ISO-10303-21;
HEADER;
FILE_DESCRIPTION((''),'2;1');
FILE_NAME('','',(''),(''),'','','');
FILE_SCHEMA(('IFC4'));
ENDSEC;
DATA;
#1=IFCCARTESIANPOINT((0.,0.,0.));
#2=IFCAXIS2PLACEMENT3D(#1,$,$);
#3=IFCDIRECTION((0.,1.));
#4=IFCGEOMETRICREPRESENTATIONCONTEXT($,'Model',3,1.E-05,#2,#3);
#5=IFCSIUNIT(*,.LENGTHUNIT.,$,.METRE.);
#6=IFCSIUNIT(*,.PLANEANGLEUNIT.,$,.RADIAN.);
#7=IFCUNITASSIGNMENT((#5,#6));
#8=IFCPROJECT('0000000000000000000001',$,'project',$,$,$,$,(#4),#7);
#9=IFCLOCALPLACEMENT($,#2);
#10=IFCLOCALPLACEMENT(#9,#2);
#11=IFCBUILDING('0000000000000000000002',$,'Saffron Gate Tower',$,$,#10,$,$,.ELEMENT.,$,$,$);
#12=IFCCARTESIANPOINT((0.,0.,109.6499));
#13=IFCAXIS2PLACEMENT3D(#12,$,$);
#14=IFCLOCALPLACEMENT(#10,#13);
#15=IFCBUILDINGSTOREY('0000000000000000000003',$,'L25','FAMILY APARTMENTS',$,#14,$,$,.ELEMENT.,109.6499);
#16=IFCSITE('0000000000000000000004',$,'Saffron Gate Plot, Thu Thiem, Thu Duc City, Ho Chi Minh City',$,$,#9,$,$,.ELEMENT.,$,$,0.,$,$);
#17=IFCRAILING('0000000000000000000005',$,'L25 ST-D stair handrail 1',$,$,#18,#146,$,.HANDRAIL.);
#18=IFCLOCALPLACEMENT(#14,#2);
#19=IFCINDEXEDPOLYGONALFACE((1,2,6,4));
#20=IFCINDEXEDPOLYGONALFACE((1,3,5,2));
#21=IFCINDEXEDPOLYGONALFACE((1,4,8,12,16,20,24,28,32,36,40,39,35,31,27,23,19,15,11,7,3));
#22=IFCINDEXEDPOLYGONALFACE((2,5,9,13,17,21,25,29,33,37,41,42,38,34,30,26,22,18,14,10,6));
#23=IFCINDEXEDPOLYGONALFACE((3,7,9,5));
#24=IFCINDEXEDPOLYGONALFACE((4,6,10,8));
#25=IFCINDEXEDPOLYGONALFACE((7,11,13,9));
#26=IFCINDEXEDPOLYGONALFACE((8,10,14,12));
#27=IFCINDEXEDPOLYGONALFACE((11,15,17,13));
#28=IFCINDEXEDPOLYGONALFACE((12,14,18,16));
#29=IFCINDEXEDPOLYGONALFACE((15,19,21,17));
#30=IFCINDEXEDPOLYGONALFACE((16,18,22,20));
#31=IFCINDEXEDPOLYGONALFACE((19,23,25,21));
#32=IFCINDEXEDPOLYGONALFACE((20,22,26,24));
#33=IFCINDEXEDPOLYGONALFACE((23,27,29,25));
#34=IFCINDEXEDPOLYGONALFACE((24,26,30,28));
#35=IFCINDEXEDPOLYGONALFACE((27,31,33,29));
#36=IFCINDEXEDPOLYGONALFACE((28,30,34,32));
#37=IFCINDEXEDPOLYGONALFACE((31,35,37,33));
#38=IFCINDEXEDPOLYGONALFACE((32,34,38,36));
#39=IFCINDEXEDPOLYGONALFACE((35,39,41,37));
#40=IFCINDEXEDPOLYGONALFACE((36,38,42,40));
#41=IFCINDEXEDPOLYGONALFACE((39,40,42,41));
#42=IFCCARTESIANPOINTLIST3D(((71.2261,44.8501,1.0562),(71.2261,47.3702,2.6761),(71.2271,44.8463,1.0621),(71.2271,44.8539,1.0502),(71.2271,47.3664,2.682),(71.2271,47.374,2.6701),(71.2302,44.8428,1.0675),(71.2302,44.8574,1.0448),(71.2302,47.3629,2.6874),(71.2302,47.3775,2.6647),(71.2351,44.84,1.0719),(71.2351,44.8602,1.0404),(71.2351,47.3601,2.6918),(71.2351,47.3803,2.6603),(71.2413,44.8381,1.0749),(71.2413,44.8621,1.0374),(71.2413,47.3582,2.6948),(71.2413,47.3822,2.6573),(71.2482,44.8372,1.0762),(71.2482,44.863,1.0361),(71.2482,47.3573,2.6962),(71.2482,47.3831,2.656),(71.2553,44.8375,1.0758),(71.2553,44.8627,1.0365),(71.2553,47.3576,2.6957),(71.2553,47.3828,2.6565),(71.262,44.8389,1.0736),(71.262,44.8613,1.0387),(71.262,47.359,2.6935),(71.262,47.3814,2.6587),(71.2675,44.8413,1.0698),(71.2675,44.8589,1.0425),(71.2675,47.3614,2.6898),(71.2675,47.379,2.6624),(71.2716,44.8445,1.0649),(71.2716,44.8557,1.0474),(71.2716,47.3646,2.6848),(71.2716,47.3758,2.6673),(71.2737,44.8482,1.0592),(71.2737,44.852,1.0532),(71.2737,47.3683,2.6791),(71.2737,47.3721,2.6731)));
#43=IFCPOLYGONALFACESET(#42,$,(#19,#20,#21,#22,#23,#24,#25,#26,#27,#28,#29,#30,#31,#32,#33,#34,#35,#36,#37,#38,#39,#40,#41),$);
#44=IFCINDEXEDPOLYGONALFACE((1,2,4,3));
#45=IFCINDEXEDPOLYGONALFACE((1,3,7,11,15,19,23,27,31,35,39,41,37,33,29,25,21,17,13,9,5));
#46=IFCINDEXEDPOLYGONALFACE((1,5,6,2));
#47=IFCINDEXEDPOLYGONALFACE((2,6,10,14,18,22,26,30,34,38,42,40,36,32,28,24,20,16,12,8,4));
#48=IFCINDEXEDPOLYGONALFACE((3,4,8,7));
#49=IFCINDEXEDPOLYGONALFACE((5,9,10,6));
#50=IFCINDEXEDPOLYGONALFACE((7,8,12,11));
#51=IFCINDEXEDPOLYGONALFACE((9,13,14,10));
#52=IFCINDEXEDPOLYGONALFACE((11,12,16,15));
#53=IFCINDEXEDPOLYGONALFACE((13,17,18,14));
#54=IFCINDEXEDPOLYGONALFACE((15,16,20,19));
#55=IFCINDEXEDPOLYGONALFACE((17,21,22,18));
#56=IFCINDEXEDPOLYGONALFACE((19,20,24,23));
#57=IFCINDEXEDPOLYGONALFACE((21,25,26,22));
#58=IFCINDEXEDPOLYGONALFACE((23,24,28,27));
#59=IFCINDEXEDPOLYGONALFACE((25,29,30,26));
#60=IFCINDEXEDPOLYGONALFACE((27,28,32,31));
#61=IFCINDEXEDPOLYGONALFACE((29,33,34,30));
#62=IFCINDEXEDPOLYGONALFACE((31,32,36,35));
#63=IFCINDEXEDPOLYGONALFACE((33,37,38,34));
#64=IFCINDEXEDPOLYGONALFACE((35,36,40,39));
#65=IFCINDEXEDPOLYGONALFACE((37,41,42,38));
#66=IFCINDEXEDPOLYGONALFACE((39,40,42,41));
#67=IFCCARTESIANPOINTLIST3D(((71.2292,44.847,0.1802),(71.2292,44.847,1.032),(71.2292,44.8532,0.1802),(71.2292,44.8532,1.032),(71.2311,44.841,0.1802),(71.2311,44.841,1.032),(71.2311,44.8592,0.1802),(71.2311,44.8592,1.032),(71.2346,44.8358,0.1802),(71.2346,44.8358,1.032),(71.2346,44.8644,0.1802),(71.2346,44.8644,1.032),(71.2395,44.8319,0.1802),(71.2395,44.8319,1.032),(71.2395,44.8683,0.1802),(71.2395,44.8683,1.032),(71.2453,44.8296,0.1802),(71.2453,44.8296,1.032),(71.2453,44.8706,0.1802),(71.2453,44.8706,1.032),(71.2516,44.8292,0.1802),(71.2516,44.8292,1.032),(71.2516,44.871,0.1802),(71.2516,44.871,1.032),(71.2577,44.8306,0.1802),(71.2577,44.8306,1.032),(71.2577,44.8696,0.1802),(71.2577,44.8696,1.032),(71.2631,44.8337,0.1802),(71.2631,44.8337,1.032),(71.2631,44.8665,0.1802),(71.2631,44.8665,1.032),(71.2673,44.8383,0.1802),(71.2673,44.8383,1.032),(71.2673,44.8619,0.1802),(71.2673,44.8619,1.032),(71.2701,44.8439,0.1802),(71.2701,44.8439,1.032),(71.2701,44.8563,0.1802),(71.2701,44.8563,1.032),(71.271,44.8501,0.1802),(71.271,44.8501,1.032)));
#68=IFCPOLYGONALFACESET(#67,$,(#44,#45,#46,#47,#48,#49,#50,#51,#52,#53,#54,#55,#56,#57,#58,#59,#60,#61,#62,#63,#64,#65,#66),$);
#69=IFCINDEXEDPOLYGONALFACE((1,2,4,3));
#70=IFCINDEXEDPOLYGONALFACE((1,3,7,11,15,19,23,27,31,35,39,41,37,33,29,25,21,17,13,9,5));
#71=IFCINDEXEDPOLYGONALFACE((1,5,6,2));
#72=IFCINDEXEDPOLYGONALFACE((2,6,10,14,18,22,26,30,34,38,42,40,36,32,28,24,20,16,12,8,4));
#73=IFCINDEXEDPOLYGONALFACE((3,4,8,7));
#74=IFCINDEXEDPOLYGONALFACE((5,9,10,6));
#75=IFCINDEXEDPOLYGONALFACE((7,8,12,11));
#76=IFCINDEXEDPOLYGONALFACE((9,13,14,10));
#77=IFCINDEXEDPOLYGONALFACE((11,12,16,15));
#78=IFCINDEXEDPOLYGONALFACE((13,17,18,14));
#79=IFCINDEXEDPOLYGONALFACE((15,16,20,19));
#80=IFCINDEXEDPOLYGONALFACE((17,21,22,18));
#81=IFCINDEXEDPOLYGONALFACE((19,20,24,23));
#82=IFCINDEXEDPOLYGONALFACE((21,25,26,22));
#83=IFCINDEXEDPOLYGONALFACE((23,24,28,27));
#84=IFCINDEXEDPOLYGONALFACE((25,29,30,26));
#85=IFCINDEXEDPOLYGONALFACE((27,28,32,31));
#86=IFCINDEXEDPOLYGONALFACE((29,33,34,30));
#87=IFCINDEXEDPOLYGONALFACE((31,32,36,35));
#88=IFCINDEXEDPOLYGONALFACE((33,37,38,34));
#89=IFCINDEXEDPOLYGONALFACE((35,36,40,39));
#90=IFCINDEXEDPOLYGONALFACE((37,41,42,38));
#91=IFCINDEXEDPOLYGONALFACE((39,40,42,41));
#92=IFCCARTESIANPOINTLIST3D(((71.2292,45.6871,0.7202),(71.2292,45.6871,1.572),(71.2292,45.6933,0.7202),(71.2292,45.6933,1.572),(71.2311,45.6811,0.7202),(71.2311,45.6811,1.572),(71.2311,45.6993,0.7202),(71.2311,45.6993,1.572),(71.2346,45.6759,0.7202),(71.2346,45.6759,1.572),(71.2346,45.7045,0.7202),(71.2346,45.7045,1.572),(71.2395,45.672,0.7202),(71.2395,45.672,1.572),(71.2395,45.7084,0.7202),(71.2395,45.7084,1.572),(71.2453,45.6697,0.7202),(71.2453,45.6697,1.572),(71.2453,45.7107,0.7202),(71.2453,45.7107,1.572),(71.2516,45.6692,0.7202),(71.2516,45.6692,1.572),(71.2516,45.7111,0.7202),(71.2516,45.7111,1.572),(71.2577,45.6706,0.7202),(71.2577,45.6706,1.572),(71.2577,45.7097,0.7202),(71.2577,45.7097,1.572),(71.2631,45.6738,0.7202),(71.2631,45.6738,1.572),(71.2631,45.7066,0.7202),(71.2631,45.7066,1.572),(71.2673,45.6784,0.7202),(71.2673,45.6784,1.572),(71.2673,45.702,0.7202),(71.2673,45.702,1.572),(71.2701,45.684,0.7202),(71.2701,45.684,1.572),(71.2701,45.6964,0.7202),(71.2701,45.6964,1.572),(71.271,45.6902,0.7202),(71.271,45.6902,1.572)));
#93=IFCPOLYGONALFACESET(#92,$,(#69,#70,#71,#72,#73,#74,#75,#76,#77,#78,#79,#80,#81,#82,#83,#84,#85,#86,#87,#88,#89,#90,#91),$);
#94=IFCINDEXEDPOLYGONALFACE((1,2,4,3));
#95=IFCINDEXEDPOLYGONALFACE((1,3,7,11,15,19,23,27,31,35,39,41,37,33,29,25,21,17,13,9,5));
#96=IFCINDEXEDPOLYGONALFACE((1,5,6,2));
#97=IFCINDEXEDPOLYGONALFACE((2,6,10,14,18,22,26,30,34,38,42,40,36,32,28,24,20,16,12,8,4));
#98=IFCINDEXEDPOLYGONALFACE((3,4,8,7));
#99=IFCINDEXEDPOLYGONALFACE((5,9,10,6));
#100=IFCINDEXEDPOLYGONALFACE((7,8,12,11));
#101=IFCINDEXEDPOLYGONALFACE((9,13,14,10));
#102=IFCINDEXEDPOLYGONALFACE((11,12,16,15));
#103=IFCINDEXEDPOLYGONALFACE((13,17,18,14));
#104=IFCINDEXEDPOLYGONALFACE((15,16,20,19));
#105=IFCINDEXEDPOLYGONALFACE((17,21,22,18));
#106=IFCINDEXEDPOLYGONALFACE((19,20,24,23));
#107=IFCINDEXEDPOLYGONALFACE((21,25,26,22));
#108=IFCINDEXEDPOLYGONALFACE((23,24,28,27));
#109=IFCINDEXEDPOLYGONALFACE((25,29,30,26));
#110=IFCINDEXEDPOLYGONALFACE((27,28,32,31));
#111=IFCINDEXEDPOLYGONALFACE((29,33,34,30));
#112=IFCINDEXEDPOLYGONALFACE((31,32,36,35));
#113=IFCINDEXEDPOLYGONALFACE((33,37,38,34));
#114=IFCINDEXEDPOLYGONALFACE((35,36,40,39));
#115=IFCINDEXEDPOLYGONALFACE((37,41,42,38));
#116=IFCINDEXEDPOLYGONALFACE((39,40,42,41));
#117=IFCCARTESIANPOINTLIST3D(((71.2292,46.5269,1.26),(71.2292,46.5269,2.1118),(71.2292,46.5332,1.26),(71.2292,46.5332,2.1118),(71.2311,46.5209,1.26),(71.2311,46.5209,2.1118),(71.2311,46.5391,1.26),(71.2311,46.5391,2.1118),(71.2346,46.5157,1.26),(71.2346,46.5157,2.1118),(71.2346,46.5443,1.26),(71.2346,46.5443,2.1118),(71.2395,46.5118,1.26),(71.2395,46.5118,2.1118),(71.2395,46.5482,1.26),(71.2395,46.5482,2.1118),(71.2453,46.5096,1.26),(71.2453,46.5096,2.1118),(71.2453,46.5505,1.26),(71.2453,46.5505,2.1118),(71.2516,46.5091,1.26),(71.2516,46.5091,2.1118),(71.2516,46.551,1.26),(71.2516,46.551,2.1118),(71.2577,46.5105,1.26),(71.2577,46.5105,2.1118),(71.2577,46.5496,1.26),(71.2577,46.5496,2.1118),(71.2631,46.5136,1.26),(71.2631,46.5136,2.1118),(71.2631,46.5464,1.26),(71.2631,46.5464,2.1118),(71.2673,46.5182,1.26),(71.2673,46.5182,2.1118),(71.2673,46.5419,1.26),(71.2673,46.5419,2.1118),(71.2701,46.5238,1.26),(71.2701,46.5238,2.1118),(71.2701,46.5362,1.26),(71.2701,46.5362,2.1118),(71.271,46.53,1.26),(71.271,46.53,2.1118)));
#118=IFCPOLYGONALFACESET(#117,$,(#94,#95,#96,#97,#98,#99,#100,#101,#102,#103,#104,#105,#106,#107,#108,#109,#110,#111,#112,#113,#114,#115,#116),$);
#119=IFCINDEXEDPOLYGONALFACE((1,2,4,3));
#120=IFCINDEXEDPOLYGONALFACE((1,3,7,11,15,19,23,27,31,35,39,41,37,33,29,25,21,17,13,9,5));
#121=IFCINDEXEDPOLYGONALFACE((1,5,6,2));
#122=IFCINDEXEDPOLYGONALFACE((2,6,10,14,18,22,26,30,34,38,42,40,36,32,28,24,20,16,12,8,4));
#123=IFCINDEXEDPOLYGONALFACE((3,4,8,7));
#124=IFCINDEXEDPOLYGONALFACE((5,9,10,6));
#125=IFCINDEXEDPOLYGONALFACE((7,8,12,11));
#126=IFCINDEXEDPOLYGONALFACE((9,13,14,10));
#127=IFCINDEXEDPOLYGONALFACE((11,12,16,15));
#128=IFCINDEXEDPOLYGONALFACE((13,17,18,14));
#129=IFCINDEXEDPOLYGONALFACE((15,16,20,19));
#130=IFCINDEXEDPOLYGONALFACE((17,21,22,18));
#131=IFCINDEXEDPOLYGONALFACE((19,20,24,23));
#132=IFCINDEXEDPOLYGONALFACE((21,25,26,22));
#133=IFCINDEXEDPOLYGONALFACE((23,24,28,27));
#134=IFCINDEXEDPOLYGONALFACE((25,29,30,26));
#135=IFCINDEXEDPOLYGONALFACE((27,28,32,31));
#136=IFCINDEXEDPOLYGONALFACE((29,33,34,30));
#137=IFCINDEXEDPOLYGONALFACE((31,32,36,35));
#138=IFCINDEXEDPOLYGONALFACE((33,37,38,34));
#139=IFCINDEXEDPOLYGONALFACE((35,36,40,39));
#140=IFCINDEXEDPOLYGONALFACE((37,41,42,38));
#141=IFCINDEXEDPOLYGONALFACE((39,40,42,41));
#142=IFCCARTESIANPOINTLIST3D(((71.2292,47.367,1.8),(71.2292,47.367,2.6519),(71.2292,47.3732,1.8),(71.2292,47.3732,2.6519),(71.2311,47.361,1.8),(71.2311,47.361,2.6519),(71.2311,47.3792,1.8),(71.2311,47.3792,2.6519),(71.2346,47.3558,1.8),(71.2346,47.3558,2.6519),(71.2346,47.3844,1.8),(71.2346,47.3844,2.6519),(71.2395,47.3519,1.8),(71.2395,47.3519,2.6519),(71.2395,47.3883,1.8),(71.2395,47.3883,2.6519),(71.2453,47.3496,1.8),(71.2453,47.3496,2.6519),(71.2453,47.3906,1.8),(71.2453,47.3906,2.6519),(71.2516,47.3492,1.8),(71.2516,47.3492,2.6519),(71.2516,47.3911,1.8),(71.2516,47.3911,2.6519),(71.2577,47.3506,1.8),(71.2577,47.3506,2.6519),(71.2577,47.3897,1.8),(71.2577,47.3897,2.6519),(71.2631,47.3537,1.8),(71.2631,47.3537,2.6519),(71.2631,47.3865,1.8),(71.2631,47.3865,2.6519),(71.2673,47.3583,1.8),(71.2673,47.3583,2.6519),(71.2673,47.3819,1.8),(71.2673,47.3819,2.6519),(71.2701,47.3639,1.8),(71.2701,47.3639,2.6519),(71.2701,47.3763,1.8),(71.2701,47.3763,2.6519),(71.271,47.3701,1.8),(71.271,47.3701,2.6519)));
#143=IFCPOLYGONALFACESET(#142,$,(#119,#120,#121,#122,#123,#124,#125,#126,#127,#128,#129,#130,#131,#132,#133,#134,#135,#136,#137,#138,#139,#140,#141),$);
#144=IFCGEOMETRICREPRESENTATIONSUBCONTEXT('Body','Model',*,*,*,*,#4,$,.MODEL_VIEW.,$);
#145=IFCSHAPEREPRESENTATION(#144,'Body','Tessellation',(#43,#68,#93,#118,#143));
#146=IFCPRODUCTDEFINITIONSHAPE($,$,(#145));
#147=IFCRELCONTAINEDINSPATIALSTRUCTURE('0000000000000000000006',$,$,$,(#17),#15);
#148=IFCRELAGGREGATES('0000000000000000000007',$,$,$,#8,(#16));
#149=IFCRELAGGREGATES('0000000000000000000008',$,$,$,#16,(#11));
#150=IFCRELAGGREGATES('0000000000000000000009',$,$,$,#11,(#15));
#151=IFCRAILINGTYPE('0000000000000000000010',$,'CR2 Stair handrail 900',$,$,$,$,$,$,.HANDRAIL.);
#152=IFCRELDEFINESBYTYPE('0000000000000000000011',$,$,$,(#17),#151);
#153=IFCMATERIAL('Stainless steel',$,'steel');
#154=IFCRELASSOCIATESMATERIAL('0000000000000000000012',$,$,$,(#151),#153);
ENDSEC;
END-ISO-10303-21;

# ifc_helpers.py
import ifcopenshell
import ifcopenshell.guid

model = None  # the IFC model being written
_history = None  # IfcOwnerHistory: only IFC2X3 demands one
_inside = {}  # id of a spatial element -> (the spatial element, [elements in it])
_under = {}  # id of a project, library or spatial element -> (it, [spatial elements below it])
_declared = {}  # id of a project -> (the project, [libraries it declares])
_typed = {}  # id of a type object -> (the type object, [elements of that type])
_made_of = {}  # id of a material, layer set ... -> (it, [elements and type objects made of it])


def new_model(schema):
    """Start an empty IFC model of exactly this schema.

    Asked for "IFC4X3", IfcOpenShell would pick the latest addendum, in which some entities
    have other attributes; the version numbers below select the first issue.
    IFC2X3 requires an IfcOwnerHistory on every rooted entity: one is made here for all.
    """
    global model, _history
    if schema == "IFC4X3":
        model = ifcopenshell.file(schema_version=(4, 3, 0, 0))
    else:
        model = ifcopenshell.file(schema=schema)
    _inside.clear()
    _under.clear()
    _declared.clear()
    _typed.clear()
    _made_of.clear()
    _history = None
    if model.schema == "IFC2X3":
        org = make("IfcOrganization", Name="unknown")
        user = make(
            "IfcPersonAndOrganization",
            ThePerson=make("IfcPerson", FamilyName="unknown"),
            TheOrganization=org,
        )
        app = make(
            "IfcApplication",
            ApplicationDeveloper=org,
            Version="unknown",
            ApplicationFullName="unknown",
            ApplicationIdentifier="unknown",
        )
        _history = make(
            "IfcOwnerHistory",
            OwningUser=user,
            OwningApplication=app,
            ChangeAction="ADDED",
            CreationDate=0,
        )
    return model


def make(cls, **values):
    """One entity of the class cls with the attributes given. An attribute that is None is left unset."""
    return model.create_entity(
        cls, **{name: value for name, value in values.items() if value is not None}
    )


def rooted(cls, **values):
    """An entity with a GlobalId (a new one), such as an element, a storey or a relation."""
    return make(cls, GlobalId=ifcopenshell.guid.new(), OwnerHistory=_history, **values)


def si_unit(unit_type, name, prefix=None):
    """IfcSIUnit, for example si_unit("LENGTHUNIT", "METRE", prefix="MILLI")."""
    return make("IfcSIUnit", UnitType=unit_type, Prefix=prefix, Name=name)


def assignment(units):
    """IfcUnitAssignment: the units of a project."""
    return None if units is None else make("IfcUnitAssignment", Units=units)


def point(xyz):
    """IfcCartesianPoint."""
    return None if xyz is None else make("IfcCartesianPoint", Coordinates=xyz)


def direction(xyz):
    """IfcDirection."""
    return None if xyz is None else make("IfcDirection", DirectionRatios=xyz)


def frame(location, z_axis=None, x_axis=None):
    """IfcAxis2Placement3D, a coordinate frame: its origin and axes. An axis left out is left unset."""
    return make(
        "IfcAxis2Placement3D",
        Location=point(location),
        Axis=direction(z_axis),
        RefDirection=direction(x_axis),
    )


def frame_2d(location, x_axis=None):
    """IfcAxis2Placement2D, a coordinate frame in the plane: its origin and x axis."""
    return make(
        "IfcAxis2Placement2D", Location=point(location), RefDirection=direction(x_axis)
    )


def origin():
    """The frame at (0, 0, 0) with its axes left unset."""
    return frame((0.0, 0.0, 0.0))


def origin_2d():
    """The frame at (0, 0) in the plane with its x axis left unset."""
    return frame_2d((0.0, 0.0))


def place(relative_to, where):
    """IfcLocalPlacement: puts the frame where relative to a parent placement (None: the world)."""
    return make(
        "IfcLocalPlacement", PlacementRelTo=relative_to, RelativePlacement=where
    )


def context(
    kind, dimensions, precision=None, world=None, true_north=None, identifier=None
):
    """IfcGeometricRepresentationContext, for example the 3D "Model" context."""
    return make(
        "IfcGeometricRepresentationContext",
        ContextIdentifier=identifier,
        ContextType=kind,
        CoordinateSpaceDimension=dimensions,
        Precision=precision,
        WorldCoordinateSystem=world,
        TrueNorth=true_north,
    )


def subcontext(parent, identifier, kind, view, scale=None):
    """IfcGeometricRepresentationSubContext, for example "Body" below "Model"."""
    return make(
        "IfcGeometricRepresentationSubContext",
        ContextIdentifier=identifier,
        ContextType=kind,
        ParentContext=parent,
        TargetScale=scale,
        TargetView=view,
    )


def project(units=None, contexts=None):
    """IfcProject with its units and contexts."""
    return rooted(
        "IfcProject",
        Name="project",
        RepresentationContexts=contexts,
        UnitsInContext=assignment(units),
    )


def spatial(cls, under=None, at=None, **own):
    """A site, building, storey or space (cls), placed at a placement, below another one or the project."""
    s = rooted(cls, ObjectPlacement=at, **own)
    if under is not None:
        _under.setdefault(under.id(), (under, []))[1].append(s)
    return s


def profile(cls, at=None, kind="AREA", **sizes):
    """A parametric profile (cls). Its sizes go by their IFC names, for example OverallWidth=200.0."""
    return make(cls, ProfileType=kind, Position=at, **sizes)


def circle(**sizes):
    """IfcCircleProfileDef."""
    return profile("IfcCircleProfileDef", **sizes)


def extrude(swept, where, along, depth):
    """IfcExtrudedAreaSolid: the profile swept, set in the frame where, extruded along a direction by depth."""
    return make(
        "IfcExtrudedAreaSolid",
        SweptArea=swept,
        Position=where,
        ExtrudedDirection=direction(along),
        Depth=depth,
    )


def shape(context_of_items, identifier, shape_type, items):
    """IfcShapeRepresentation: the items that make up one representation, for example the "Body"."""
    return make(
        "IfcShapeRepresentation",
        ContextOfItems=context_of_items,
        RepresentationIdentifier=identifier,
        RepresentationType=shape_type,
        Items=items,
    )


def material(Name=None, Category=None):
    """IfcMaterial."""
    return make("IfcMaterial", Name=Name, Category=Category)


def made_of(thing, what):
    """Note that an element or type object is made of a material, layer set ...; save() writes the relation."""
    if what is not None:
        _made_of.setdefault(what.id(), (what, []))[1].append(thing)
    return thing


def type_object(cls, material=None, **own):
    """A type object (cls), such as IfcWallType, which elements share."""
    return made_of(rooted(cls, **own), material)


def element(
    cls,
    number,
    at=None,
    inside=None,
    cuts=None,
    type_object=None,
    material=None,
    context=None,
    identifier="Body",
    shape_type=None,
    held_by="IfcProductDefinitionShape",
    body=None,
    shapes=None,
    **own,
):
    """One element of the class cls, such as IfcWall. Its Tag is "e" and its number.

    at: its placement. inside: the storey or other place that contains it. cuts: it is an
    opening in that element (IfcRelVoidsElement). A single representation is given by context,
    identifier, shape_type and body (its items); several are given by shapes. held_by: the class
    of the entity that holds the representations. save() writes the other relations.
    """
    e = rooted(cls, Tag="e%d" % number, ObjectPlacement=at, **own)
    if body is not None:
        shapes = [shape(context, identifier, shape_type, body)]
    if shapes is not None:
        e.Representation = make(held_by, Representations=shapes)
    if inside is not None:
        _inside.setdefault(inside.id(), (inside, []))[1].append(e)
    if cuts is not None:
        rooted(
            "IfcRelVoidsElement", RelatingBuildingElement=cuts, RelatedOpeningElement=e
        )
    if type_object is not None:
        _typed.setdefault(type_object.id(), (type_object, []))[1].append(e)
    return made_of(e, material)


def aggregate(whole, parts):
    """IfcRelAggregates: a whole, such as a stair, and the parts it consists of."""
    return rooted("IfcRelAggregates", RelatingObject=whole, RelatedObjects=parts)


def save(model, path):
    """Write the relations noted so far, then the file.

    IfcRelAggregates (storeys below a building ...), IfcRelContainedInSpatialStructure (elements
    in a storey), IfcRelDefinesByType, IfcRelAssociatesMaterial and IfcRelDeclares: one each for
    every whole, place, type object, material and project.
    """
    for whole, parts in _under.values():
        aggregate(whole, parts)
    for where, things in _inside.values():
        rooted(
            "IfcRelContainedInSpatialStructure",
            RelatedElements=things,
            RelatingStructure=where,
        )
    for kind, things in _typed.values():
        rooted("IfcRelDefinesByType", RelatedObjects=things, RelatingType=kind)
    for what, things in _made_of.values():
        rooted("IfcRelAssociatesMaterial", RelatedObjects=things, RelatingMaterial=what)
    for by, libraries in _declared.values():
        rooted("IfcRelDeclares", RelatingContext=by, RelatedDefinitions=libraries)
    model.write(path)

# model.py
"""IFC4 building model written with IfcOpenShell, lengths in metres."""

from ifc_helpers import new_model, si_unit, direction, frame, origin, origin_2d, place, context, subcontext, project, spatial, circle, extrude, material, type_object, element, save


model = new_model("IFC4")

# Units and contexts
model_context = context("Model", 3, precision=1e-05, world=origin(), true_north=direction((0.0, 1.0)))
body_context = subcontext(model_context, "Body", "Model", "MODEL_VIEW")
ifc_project = project(units=[si_unit("LENGTHUNIT", "METRE"), si_unit("PLANEANGLEUNIT", "RADIAN")], contexts=[model_context])

# Site, building, storey
site_placement = place(None, origin())
site = spatial("IfcSite", under=ifc_project, at=site_placement, Name="Saffron Gate Plot, Thu Thiem, Thu Duc City, Ho Chi Minh City", CompositionType="ELEMENT", RefElevation=0.0)
building_placement = place(site_placement, origin())
building = spatial("IfcBuilding", under=site, at=building_placement, Name="Saffron Gate Tower", CompositionType="ELEMENT")
storey_placement = place(building_placement, frame((0.0, 0.0, 109.6499)))
storey = spatial("IfcBuildingStorey", under=building, at=storey_placement, Name="L25", Description="FAMILY APARTMENTS", CompositionType="ELEMENT", Elevation=109.6499)

# Railing
ifc_material_1 = material(Name="Stainless steel", Category="steel")
railing_type_1 = type_object("IfcRailingType", Name="CR2 Stair handrail 900", PredefinedType="HANDRAIL", material=ifc_material_1)
railing_1_placement = place(storey_placement, frame((71.25, 44.8501, 0.1802)))
element("IfcRailing", 1, at=railing_1_placement, inside=storey, type_object=railing_type_1, Name="L25 ST-D stair handrail 1", PredefinedType="HANDRAIL", context=body_context, shape_type="SweptSolid", body=[
    extrude(circle(Radius=0.0239, at=origin_2d()), frame((0.0, 0.0, 0.876), z_axis=(0.0, 0.8412, 0.540725), x_axis=(-1.0, 0.0, 0.0)), (0.0, 0.0, 1.0), 2.9958),
    extrude(circle(Radius=0.021, at=origin_2d()), origin(), (0.0, 0.0, 1.0), 0.8518),
    extrude(circle(Radius=0.021, at=origin_2d()), frame((0.0, 0.8401, 0.54)), (0.0, 0.0, 1.0), 0.8518),
    extrude(circle(Radius=0.021, at=origin_2d()), frame((0.0, 1.6799, 1.0798)), (0.0, 0.0, 1.0), 0.8518),
    extrude(circle(Radius=0.021, at=origin_2d()), frame((0.0, 2.52, 1.6199)), (0.0, 0.0, 1.0), 0.8518),
])

save(model, "model.ifc")
